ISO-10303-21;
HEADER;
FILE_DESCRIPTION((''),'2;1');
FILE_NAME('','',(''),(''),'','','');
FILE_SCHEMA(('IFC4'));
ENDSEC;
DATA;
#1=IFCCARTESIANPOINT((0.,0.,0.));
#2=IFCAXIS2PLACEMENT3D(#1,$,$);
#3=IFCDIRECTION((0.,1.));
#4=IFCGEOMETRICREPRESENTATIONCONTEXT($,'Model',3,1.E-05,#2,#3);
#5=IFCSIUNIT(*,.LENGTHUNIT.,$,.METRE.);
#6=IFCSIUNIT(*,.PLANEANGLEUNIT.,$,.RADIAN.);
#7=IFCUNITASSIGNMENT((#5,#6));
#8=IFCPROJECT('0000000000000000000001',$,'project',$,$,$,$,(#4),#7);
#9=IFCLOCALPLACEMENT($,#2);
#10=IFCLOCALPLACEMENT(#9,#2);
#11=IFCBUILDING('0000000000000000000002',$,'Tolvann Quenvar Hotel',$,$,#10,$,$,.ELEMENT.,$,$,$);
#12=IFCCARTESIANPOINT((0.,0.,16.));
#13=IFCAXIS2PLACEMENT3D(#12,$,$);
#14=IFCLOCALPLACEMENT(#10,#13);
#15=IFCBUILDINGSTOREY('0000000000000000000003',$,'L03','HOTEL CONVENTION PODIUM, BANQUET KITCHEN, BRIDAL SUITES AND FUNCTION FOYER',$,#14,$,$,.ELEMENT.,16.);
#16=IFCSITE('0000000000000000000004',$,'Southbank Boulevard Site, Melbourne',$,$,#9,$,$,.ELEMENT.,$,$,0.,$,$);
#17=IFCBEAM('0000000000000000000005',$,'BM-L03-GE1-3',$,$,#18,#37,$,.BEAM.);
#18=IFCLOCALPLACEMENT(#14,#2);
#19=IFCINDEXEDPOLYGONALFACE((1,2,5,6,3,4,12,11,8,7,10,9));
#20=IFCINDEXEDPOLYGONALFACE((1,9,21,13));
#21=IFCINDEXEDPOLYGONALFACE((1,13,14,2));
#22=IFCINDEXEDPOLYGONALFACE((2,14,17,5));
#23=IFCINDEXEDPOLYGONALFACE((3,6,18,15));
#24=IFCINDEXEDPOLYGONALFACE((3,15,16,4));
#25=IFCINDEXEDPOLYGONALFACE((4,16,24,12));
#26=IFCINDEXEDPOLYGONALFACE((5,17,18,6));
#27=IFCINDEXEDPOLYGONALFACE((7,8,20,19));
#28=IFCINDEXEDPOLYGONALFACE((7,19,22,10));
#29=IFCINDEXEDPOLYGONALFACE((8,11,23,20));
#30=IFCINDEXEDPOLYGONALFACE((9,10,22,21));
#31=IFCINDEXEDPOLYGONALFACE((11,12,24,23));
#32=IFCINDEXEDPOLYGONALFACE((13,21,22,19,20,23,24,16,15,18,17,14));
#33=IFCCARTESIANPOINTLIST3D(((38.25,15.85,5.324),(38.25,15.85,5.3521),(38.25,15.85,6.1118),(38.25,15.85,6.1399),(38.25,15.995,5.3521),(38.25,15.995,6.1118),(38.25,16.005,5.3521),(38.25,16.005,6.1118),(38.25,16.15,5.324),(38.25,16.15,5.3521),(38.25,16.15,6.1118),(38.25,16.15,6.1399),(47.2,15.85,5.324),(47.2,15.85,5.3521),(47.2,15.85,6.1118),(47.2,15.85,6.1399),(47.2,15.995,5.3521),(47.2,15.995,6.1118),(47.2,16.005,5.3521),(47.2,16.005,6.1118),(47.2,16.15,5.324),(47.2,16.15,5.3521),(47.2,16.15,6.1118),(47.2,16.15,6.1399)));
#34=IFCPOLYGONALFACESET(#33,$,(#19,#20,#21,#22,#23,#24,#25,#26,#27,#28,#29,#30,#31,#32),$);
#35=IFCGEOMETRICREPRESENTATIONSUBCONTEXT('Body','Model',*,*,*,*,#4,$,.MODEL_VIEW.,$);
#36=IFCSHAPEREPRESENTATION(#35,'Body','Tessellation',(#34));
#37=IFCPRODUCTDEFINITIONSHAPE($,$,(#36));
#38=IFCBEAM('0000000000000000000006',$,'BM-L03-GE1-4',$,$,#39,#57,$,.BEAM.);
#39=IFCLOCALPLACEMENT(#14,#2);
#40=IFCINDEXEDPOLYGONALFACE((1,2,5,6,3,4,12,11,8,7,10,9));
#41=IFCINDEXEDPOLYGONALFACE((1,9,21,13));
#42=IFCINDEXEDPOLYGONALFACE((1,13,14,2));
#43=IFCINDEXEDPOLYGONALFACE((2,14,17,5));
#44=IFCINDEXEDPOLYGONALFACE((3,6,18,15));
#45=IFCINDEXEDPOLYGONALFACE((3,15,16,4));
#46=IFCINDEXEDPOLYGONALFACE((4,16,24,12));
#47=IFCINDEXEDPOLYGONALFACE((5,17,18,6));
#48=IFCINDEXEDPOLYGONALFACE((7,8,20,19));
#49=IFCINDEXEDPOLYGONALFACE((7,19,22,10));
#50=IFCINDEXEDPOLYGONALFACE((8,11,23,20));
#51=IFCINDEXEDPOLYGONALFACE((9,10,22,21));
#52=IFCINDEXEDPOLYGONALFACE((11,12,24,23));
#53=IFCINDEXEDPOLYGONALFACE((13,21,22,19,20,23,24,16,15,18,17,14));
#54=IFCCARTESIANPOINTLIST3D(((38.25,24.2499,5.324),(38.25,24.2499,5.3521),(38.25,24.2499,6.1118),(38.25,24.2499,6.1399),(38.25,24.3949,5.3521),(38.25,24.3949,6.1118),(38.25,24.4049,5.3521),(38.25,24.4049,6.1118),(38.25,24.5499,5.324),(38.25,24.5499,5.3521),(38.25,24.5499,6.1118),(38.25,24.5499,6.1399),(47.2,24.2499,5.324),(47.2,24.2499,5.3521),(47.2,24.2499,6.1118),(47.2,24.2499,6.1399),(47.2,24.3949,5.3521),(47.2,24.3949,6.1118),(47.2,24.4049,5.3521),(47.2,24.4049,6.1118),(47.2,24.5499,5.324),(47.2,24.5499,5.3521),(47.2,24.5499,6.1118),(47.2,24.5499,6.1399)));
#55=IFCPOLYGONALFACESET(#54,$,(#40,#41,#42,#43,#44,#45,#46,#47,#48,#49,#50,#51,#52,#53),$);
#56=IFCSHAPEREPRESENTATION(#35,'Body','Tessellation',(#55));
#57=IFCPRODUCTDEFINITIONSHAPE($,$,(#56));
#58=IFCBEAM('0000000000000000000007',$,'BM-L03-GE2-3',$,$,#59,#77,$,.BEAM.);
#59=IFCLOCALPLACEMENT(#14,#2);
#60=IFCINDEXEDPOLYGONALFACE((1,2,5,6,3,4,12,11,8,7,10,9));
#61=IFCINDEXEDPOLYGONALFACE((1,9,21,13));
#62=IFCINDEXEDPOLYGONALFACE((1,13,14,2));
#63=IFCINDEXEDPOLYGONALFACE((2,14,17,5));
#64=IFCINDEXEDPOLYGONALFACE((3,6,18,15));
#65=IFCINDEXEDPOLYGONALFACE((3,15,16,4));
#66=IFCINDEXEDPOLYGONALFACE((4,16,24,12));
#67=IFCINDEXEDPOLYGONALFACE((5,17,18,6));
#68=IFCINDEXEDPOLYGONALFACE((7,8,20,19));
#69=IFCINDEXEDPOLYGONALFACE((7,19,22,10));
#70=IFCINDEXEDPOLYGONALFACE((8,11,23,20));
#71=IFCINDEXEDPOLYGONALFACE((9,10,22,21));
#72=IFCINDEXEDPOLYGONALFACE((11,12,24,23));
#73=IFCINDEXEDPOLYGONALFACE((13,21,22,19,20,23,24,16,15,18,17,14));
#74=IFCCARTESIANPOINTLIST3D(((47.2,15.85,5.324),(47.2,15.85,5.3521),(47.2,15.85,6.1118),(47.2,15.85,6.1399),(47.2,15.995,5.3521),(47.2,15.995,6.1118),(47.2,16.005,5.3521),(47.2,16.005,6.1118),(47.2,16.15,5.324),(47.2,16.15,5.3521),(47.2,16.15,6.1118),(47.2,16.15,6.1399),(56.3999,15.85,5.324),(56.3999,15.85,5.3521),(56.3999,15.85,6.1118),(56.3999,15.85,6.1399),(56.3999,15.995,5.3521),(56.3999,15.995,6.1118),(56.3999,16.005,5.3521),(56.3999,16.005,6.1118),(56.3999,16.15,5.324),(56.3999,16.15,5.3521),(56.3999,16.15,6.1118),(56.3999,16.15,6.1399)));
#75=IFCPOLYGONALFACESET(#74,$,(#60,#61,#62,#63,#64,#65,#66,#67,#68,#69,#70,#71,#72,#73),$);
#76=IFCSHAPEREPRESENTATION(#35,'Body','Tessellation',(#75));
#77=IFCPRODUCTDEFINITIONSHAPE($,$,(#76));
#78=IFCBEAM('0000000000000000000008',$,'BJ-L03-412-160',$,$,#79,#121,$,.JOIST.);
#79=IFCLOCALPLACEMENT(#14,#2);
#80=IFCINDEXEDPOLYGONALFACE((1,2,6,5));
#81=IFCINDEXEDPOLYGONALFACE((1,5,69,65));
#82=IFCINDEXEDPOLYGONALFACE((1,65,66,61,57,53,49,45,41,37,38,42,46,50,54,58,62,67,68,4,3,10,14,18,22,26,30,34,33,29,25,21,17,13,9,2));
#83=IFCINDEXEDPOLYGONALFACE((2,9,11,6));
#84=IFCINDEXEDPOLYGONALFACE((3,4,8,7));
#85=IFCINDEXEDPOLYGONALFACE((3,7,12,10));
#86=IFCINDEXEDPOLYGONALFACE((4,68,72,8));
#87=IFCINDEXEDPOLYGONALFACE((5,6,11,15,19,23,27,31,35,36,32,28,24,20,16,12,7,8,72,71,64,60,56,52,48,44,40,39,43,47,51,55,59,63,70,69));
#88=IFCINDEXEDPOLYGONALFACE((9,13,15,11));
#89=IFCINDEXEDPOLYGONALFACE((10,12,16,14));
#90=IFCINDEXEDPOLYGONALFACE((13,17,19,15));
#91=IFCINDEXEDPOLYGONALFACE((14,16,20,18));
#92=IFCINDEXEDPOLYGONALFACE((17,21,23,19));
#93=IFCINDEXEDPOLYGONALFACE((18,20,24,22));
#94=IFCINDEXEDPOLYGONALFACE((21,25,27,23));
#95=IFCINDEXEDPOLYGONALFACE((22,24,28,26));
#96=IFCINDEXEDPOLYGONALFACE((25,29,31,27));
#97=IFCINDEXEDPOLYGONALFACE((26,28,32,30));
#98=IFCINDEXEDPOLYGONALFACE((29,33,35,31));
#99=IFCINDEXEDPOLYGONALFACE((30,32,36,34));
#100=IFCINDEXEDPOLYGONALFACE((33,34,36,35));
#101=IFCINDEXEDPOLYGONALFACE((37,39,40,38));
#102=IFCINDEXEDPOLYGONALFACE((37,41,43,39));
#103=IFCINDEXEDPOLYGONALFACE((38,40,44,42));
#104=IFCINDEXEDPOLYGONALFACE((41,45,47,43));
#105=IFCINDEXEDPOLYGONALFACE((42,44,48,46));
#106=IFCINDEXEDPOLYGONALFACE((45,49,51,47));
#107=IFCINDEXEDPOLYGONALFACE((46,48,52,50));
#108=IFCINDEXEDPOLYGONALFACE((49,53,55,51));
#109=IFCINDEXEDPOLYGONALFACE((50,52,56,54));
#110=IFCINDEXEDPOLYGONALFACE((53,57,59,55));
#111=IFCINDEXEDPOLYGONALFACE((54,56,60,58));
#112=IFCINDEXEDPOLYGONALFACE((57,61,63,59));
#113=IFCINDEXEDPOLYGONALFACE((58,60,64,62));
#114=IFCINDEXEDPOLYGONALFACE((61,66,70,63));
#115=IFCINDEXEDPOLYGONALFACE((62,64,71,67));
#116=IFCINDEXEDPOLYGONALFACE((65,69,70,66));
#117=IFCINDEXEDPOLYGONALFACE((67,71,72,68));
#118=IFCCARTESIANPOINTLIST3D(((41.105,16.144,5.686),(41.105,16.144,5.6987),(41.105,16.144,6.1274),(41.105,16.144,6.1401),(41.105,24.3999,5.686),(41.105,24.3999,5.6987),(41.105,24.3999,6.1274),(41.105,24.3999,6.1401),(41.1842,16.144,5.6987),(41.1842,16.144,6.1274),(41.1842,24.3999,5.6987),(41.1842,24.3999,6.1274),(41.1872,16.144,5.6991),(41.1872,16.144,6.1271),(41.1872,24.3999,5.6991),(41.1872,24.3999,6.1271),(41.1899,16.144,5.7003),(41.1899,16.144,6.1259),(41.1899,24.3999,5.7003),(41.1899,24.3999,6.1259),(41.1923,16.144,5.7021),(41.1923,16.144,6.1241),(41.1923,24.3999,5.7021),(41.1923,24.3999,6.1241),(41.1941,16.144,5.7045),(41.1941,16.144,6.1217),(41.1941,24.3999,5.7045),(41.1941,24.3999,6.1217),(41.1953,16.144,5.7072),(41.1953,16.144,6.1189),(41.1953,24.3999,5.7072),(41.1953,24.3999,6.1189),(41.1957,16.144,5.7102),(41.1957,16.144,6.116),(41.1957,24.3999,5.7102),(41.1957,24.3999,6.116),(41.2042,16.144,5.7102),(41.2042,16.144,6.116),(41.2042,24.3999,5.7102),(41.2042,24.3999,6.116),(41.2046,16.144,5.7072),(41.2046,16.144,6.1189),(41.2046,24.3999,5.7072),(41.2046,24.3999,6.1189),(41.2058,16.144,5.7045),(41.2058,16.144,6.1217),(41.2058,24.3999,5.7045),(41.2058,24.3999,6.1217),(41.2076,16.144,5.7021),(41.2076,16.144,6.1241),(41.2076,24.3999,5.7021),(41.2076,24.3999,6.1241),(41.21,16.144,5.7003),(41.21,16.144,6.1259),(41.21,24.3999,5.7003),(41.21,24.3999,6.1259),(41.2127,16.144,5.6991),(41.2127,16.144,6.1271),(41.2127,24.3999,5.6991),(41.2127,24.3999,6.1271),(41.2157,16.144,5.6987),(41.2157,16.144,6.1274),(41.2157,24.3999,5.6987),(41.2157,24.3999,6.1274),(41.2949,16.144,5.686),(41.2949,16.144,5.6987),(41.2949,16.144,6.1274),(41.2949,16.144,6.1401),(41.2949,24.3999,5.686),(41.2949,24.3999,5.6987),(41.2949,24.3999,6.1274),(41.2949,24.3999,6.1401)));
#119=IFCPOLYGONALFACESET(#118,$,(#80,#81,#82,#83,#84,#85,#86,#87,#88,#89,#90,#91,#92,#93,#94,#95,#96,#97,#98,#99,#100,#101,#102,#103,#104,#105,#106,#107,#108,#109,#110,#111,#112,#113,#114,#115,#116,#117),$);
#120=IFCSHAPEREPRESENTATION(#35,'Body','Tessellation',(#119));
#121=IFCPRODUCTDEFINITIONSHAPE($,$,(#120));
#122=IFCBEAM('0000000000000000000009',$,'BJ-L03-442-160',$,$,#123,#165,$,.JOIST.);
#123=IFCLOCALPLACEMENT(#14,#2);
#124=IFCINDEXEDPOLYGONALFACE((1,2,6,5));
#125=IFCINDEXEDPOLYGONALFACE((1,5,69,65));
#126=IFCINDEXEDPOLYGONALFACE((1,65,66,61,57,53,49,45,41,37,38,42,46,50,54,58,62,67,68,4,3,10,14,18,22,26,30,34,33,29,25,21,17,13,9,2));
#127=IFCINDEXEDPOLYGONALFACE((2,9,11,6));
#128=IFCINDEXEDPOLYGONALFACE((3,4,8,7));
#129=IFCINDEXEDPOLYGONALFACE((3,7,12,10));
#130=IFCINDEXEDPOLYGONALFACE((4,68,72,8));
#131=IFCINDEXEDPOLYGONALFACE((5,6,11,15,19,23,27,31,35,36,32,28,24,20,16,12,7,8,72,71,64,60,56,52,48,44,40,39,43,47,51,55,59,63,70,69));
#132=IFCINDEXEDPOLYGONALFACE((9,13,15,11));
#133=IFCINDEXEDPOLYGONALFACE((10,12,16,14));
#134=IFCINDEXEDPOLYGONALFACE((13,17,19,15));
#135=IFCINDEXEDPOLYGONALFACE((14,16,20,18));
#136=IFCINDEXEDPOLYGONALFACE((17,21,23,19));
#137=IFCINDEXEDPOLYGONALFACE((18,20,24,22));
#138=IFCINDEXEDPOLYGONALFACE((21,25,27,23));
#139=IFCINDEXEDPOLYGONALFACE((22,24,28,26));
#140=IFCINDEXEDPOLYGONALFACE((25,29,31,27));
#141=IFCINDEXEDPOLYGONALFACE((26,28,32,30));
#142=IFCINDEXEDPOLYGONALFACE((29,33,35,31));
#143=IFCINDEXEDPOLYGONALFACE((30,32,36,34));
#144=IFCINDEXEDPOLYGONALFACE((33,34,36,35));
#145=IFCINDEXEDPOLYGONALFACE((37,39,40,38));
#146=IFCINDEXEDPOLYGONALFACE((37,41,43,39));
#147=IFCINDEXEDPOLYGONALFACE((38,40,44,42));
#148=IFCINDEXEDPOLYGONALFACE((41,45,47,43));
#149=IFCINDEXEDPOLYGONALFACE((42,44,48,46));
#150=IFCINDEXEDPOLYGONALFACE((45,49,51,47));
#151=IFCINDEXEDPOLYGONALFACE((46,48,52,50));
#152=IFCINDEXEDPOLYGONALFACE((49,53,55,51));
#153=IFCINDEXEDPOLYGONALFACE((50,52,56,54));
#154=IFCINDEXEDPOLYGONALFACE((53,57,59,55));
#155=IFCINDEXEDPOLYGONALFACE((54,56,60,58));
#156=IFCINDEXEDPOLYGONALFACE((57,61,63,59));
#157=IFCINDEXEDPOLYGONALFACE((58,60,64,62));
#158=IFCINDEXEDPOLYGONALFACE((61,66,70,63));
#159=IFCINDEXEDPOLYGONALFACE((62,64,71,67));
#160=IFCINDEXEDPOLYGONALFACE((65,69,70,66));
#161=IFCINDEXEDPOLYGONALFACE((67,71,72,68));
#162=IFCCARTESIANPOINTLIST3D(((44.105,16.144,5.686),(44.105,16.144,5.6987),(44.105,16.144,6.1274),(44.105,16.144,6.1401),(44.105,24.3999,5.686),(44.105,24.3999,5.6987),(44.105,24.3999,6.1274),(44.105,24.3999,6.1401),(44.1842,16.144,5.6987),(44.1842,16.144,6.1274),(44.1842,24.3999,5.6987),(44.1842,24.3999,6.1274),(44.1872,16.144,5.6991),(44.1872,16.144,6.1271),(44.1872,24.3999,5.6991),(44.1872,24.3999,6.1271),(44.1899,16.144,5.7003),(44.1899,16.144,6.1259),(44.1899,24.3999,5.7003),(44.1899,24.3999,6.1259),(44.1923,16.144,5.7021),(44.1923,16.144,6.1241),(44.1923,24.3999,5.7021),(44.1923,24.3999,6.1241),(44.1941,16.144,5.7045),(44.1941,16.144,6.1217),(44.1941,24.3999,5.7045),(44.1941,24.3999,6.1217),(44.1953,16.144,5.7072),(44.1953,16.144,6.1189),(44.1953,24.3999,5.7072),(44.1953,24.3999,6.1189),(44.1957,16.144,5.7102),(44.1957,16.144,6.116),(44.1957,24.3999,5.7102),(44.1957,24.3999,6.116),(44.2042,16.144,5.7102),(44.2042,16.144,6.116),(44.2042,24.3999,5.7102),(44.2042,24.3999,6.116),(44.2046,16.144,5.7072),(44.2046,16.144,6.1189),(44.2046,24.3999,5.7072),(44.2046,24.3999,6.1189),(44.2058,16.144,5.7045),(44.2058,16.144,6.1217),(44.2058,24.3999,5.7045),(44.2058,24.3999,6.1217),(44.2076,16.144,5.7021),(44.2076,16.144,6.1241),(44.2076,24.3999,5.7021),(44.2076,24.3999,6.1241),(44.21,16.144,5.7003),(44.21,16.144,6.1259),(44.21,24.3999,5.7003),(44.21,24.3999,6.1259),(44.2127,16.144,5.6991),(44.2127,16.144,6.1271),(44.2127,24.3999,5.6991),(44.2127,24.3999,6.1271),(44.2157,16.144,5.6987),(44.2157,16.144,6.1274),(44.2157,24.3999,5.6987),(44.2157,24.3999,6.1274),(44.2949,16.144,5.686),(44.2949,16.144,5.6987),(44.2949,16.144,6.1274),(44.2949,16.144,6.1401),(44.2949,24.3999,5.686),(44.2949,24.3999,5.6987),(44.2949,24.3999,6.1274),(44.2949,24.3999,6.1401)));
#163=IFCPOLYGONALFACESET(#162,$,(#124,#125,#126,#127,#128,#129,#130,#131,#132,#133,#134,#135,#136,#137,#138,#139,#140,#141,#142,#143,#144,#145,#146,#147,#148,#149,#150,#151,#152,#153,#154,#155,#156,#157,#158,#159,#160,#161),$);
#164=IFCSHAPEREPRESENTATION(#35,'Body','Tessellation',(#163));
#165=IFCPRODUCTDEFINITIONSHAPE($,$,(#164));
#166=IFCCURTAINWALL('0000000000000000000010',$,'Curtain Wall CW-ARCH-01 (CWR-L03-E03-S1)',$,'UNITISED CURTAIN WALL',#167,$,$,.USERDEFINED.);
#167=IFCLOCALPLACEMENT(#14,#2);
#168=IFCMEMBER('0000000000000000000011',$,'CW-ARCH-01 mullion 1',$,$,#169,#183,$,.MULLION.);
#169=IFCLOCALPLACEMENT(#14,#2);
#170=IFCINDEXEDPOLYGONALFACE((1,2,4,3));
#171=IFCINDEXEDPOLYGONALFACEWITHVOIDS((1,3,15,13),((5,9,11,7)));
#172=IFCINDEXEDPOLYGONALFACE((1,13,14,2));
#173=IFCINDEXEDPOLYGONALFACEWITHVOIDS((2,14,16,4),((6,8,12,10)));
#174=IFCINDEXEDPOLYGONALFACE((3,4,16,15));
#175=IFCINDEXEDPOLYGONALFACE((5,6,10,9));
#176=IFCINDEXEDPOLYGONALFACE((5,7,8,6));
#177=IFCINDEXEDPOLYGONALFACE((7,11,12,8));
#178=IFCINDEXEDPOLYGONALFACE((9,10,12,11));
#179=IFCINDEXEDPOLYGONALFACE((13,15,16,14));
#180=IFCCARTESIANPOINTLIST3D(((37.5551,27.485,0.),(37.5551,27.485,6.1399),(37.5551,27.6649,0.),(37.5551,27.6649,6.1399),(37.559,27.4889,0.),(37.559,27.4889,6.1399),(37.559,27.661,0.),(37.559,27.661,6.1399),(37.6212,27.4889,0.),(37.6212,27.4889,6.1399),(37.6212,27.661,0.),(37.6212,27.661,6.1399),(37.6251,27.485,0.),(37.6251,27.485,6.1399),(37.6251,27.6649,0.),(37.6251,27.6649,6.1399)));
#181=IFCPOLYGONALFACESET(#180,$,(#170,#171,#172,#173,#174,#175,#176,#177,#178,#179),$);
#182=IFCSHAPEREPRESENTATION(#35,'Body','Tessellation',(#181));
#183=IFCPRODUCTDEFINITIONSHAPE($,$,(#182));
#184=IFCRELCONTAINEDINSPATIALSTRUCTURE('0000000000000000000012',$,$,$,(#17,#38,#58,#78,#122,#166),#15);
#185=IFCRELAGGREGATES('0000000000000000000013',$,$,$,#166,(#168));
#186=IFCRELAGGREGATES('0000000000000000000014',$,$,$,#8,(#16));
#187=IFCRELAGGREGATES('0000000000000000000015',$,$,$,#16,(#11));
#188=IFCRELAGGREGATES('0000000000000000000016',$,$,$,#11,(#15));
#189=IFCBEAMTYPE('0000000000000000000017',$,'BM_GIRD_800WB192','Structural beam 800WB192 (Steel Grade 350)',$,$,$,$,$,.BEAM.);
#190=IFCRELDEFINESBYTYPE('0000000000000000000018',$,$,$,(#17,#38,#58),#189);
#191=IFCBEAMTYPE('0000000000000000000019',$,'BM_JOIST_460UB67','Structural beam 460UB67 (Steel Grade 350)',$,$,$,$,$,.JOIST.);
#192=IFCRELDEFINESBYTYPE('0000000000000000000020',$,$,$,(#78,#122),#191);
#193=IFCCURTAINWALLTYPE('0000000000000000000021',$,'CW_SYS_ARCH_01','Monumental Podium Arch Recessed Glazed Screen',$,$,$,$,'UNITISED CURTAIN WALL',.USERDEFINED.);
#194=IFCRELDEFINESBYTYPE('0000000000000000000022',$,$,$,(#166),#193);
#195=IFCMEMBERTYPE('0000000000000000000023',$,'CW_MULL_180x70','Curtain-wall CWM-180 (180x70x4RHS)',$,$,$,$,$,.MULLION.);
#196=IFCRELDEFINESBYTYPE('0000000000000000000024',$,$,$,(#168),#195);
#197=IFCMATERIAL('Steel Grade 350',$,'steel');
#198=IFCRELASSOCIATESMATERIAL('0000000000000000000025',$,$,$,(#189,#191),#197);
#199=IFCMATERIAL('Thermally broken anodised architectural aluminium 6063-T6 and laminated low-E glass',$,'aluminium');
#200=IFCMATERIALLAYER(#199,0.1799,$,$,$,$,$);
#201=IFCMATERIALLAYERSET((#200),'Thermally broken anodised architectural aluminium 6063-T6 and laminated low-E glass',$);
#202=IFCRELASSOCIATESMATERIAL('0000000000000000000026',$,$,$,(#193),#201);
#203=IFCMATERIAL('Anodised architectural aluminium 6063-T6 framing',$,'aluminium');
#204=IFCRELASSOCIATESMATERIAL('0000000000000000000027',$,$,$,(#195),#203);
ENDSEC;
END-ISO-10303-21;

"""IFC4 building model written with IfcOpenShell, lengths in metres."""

from ifc_helpers import new_model, si_unit, direction, frame, origin, origin_2d, place, context, subcontext, project, spatial, hollow_rectangle, i_section, extrude, source, transform, mapped, material, layer, layer_set, material_profile, profile_set, type_object, type_shapes, element, aggregate, save


model = new_model("IFC4")

# Units and contexts
model_context = context("Model", 3, precision=1e-05, world=origin(), true_north=direction((0.0, 1.0)))
body_context = subcontext(model_context, "Body", "Model", "MODEL_VIEW")
ifc_project = project(units=[si_unit("LENGTHUNIT", "METRE"), si_unit("PLANEANGLEUNIT", "RADIAN")], contexts=[model_context])

# Site, building, storey
site_placement = place(None, origin())
site = spatial("IfcSite", under=ifc_project, at=site_placement, Name="Southbank Boulevard Site, Melbourne", CompositionType="ELEMENT", RefElevation=0.0)
building_placement = place(site_placement, origin())
building = spatial("IfcBuilding", under=site, at=building_placement, Name="Tolvann Quenvar Hotel", CompositionType="ELEMENT")
storey_placement = place(building_placement, frame((0.0, 0.0, 16.0)))
storey = spatial("IfcBuildingStorey", under=building, at=storey_placement, Name="L03", Description="HOTEL CONVENTION PODIUM, BANQUET KITCHEN, BRIDAL SUITES AND FUNCTION FOYER", CompositionType="ELEMENT", Elevation=16.0)

# Beams
ifc_material_1 = material(Name="Steel Grade 350", Category="steel")
ifc_material_profile_1 = material_profile(ifc_material_1, i_section(OverallWidth=0.3, OverallDepth=0.8159, WebThickness=0.01, FlangeThickness=0.0281, at=origin_2d()), Name="800WB192")
ifc_profile_set_1 = profile_set([ifc_material_profile_1], Name="Steel Grade 350")
beam_type_1 = type_object("IfcBeamType", Name="BM_GIRD_800WB192", Description="Structural beam 800WB192 (Steel Grade 350)", PredefinedType="BEAM", material=ifc_profile_set_1)
shared_shape_1 = source(origin(), body_context, "Body", "SweptSolid", [
    extrude(i_section(OverallWidth=0.3, OverallDepth=0.8159, WebThickness=0.01, FlangeThickness=0.0281, at=origin_2d()), origin(), (0.0, 0.0, 1.0), 8.95),
])
for number, where, z_axis, x_axis, name in (
    (1, (38.25, 16.0, 5.7319), (1.0, 0.0, 0.0), (0.0, 1.0, 0.0), "BM-L03-GE1-3"),
    (2, (38.25, 24.3999, 5.7319), (1.0, 0.0, 0.0), (0.0, 1.0, 0.0), "BM-L03-GE1-4"),
):
    element("IfcBeam", number, at=place(storey_placement, frame(where, z_axis=z_axis, x_axis=x_axis)), inside=storey, type_object=beam_type_1, Name=name, PredefinedType="BEAM", context=body_context, shape_type="MappedRepresentation", body=[
        mapped(shared_shape_1, transform((0.0, 0.0, 0.0), x_axis=(1.0, 0.0, 0.0), y_axis=(0.0, 1.0, 0.0), z_axis=(0.0, 0.0, 1.0), scale=1.0)),
    ])
shared_shape_2 = source(origin(), body_context, "Body", "SweptSolid", [
    extrude(i_section(OverallWidth=0.3, OverallDepth=0.8159, WebThickness=0.01, FlangeThickness=0.0281, at=origin_2d()), origin(), (0.0, 0.0, 1.0), 9.2),
])
beam_1_placement = place(storey_placement, frame((47.2, 16.0, 5.7319), z_axis=(1.0, 0.0, 0.0), x_axis=(0.0, 1.0, 0.0)))
element("IfcBeam", 3, at=beam_1_placement, inside=storey, type_object=beam_type_1, Name="BM-L03-GE2-3", PredefinedType="BEAM", context=body_context, shape_type="MappedRepresentation", body=[
    mapped(shared_shape_2, transform((0.0, 0.0, 0.0), x_axis=(1.0, 0.0, 0.0), y_axis=(0.0, 1.0, 0.0), z_axis=(0.0, 0.0, 1.0), scale=1.0)),
])
ifc_material_profile_2 = material_profile(ifc_material_1, i_section(OverallWidth=0.1899, OverallDepth=0.4541, WebThickness=0.0085, FlangeThickness=0.0127, FilletRadius=0.0115, at=origin_2d()), Name="460UB67")
ifc_profile_set_2 = profile_set([ifc_material_profile_2], Name="Steel Grade 350")
beam_type_2 = type_object("IfcBeamType", Name="BM_JOIST_460UB67", Description="Structural beam 460UB67 (Steel Grade 350)", PredefinedType="JOIST", material=ifc_profile_set_2)
shared_shape_3 = source(origin(), body_context, "Body", "SweptSolid", [
    extrude(i_section(OverallWidth=0.1899, OverallDepth=0.4541, WebThickness=0.0085, FlangeThickness=0.0127, FilletRadius=0.0115, at=origin_2d()), origin(), (0.0, 0.0, 1.0), 8.2559),
])
type_shapes(beam_type_2, [shared_shape_3])
for number, where, z_axis, x_axis, name in (
    (4, (41.2, 16.144, 5.9131), (0.0, 1.0, 0.0), (-1.0, 0.0, 0.0), "BJ-L03-412-160"),
    (5, (44.2, 16.144, 5.9131), (0.0, 1.0, 0.0), (-1.0, 0.0, 0.0), "BJ-L03-442-160"),
):
    element("IfcBeam", number, at=place(storey_placement, frame(where, z_axis=z_axis, x_axis=x_axis)), inside=storey, type_object=beam_type_2, Name=name, PredefinedType="JOIST", context=body_context, shape_type="MappedRepresentation", body=[
        mapped(shared_shape_3, transform((0.0, 0.0, 0.0), x_axis=(1.0, 0.0, 0.0), y_axis=(0.0, 1.0, 0.0), z_axis=(0.0, 0.0, 1.0), scale=1.0)),
    ])

# Curtain wall, member
ifc_material_2 = material(Name="Thermally broken anodised architectural aluminium 6063-T6 and laminated low-E glass", Category="aluminium")
ifc_layer_1 = layer(ifc_material_2, 0.1799)
ifc_layer_set_1 = layer_set([ifc_layer_1], Name="Thermally broken anodised architectural aluminium 6063-T6 and laminated low-E glass")
curtain_wall_type = type_object("IfcCurtainWallType", Name="CW_SYS_ARCH_01", Description="Monumental Podium Arch Recessed Glazed Screen", ElementType="UNITISED CURTAIN WALL", PredefinedType="USERDEFINED", material=ifc_layer_set_1)
curtain_wall_placement = place(storey_placement, origin())
curtain_wall = element("IfcCurtainWall", 6, at=curtain_wall_placement, inside=storey, type_object=curtain_wall_type, Name="Curtain Wall CW-ARCH-01 (CWR-L03-E03-S1)", ObjectType="UNITISED CURTAIN WALL", PredefinedType="USERDEFINED")
ifc_material_3 = material(Name="Anodised architectural aluminium 6063-T6 framing", Category="aluminium")
ifc_material_profile_3 = material_profile(ifc_material_3, hollow_rectangle(XDim=0.0701, YDim=0.1799, WallThickness=0.0039, at=origin_2d()), Name="180x70x4RHS")
ifc_profile_set_3 = profile_set([ifc_material_profile_3], Name="Anodised architectural aluminium 6063-T6 framing")
member_type = type_object("IfcMemberType", Name="CW_MULL_180x70", Description="Curtain-wall CWM-180 (180x70x4RHS)", PredefinedType="MULLION", material=ifc_profile_set_3)
shared_shape_4 = source(origin(), body_context, "Body", "SweptSolid", [
    extrude(hollow_rectangle(XDim=0.0701, YDim=0.1799, WallThickness=0.0039, at=origin_2d()), origin(), (0.0, 0.0, 1.0), 6.1399),
])
type_shapes(member_type, [shared_shape_4])
member_placement = place(storey_placement, frame((37.5901, 27.575, 0.0), z_axis=(0.0, 0.0, 1.0), x_axis=(1.0, 0.0, 0.0)))
member = element("IfcMember", 7, at=member_placement, type_object=member_type, Name="CW-ARCH-01 mullion 1", PredefinedType="MULLION", context=body_context, shape_type="MappedRepresentation", body=[
    mapped(shared_shape_4, transform((0.0, 0.0, 0.0), x_axis=(1.0, 0.0, 0.0), y_axis=(0.0, 1.0, 0.0), z_axis=(0.0, 0.0, 1.0), scale=1.0)),
])
aggregate(curtain_wall, [member])

save(model, "model.ifc")
